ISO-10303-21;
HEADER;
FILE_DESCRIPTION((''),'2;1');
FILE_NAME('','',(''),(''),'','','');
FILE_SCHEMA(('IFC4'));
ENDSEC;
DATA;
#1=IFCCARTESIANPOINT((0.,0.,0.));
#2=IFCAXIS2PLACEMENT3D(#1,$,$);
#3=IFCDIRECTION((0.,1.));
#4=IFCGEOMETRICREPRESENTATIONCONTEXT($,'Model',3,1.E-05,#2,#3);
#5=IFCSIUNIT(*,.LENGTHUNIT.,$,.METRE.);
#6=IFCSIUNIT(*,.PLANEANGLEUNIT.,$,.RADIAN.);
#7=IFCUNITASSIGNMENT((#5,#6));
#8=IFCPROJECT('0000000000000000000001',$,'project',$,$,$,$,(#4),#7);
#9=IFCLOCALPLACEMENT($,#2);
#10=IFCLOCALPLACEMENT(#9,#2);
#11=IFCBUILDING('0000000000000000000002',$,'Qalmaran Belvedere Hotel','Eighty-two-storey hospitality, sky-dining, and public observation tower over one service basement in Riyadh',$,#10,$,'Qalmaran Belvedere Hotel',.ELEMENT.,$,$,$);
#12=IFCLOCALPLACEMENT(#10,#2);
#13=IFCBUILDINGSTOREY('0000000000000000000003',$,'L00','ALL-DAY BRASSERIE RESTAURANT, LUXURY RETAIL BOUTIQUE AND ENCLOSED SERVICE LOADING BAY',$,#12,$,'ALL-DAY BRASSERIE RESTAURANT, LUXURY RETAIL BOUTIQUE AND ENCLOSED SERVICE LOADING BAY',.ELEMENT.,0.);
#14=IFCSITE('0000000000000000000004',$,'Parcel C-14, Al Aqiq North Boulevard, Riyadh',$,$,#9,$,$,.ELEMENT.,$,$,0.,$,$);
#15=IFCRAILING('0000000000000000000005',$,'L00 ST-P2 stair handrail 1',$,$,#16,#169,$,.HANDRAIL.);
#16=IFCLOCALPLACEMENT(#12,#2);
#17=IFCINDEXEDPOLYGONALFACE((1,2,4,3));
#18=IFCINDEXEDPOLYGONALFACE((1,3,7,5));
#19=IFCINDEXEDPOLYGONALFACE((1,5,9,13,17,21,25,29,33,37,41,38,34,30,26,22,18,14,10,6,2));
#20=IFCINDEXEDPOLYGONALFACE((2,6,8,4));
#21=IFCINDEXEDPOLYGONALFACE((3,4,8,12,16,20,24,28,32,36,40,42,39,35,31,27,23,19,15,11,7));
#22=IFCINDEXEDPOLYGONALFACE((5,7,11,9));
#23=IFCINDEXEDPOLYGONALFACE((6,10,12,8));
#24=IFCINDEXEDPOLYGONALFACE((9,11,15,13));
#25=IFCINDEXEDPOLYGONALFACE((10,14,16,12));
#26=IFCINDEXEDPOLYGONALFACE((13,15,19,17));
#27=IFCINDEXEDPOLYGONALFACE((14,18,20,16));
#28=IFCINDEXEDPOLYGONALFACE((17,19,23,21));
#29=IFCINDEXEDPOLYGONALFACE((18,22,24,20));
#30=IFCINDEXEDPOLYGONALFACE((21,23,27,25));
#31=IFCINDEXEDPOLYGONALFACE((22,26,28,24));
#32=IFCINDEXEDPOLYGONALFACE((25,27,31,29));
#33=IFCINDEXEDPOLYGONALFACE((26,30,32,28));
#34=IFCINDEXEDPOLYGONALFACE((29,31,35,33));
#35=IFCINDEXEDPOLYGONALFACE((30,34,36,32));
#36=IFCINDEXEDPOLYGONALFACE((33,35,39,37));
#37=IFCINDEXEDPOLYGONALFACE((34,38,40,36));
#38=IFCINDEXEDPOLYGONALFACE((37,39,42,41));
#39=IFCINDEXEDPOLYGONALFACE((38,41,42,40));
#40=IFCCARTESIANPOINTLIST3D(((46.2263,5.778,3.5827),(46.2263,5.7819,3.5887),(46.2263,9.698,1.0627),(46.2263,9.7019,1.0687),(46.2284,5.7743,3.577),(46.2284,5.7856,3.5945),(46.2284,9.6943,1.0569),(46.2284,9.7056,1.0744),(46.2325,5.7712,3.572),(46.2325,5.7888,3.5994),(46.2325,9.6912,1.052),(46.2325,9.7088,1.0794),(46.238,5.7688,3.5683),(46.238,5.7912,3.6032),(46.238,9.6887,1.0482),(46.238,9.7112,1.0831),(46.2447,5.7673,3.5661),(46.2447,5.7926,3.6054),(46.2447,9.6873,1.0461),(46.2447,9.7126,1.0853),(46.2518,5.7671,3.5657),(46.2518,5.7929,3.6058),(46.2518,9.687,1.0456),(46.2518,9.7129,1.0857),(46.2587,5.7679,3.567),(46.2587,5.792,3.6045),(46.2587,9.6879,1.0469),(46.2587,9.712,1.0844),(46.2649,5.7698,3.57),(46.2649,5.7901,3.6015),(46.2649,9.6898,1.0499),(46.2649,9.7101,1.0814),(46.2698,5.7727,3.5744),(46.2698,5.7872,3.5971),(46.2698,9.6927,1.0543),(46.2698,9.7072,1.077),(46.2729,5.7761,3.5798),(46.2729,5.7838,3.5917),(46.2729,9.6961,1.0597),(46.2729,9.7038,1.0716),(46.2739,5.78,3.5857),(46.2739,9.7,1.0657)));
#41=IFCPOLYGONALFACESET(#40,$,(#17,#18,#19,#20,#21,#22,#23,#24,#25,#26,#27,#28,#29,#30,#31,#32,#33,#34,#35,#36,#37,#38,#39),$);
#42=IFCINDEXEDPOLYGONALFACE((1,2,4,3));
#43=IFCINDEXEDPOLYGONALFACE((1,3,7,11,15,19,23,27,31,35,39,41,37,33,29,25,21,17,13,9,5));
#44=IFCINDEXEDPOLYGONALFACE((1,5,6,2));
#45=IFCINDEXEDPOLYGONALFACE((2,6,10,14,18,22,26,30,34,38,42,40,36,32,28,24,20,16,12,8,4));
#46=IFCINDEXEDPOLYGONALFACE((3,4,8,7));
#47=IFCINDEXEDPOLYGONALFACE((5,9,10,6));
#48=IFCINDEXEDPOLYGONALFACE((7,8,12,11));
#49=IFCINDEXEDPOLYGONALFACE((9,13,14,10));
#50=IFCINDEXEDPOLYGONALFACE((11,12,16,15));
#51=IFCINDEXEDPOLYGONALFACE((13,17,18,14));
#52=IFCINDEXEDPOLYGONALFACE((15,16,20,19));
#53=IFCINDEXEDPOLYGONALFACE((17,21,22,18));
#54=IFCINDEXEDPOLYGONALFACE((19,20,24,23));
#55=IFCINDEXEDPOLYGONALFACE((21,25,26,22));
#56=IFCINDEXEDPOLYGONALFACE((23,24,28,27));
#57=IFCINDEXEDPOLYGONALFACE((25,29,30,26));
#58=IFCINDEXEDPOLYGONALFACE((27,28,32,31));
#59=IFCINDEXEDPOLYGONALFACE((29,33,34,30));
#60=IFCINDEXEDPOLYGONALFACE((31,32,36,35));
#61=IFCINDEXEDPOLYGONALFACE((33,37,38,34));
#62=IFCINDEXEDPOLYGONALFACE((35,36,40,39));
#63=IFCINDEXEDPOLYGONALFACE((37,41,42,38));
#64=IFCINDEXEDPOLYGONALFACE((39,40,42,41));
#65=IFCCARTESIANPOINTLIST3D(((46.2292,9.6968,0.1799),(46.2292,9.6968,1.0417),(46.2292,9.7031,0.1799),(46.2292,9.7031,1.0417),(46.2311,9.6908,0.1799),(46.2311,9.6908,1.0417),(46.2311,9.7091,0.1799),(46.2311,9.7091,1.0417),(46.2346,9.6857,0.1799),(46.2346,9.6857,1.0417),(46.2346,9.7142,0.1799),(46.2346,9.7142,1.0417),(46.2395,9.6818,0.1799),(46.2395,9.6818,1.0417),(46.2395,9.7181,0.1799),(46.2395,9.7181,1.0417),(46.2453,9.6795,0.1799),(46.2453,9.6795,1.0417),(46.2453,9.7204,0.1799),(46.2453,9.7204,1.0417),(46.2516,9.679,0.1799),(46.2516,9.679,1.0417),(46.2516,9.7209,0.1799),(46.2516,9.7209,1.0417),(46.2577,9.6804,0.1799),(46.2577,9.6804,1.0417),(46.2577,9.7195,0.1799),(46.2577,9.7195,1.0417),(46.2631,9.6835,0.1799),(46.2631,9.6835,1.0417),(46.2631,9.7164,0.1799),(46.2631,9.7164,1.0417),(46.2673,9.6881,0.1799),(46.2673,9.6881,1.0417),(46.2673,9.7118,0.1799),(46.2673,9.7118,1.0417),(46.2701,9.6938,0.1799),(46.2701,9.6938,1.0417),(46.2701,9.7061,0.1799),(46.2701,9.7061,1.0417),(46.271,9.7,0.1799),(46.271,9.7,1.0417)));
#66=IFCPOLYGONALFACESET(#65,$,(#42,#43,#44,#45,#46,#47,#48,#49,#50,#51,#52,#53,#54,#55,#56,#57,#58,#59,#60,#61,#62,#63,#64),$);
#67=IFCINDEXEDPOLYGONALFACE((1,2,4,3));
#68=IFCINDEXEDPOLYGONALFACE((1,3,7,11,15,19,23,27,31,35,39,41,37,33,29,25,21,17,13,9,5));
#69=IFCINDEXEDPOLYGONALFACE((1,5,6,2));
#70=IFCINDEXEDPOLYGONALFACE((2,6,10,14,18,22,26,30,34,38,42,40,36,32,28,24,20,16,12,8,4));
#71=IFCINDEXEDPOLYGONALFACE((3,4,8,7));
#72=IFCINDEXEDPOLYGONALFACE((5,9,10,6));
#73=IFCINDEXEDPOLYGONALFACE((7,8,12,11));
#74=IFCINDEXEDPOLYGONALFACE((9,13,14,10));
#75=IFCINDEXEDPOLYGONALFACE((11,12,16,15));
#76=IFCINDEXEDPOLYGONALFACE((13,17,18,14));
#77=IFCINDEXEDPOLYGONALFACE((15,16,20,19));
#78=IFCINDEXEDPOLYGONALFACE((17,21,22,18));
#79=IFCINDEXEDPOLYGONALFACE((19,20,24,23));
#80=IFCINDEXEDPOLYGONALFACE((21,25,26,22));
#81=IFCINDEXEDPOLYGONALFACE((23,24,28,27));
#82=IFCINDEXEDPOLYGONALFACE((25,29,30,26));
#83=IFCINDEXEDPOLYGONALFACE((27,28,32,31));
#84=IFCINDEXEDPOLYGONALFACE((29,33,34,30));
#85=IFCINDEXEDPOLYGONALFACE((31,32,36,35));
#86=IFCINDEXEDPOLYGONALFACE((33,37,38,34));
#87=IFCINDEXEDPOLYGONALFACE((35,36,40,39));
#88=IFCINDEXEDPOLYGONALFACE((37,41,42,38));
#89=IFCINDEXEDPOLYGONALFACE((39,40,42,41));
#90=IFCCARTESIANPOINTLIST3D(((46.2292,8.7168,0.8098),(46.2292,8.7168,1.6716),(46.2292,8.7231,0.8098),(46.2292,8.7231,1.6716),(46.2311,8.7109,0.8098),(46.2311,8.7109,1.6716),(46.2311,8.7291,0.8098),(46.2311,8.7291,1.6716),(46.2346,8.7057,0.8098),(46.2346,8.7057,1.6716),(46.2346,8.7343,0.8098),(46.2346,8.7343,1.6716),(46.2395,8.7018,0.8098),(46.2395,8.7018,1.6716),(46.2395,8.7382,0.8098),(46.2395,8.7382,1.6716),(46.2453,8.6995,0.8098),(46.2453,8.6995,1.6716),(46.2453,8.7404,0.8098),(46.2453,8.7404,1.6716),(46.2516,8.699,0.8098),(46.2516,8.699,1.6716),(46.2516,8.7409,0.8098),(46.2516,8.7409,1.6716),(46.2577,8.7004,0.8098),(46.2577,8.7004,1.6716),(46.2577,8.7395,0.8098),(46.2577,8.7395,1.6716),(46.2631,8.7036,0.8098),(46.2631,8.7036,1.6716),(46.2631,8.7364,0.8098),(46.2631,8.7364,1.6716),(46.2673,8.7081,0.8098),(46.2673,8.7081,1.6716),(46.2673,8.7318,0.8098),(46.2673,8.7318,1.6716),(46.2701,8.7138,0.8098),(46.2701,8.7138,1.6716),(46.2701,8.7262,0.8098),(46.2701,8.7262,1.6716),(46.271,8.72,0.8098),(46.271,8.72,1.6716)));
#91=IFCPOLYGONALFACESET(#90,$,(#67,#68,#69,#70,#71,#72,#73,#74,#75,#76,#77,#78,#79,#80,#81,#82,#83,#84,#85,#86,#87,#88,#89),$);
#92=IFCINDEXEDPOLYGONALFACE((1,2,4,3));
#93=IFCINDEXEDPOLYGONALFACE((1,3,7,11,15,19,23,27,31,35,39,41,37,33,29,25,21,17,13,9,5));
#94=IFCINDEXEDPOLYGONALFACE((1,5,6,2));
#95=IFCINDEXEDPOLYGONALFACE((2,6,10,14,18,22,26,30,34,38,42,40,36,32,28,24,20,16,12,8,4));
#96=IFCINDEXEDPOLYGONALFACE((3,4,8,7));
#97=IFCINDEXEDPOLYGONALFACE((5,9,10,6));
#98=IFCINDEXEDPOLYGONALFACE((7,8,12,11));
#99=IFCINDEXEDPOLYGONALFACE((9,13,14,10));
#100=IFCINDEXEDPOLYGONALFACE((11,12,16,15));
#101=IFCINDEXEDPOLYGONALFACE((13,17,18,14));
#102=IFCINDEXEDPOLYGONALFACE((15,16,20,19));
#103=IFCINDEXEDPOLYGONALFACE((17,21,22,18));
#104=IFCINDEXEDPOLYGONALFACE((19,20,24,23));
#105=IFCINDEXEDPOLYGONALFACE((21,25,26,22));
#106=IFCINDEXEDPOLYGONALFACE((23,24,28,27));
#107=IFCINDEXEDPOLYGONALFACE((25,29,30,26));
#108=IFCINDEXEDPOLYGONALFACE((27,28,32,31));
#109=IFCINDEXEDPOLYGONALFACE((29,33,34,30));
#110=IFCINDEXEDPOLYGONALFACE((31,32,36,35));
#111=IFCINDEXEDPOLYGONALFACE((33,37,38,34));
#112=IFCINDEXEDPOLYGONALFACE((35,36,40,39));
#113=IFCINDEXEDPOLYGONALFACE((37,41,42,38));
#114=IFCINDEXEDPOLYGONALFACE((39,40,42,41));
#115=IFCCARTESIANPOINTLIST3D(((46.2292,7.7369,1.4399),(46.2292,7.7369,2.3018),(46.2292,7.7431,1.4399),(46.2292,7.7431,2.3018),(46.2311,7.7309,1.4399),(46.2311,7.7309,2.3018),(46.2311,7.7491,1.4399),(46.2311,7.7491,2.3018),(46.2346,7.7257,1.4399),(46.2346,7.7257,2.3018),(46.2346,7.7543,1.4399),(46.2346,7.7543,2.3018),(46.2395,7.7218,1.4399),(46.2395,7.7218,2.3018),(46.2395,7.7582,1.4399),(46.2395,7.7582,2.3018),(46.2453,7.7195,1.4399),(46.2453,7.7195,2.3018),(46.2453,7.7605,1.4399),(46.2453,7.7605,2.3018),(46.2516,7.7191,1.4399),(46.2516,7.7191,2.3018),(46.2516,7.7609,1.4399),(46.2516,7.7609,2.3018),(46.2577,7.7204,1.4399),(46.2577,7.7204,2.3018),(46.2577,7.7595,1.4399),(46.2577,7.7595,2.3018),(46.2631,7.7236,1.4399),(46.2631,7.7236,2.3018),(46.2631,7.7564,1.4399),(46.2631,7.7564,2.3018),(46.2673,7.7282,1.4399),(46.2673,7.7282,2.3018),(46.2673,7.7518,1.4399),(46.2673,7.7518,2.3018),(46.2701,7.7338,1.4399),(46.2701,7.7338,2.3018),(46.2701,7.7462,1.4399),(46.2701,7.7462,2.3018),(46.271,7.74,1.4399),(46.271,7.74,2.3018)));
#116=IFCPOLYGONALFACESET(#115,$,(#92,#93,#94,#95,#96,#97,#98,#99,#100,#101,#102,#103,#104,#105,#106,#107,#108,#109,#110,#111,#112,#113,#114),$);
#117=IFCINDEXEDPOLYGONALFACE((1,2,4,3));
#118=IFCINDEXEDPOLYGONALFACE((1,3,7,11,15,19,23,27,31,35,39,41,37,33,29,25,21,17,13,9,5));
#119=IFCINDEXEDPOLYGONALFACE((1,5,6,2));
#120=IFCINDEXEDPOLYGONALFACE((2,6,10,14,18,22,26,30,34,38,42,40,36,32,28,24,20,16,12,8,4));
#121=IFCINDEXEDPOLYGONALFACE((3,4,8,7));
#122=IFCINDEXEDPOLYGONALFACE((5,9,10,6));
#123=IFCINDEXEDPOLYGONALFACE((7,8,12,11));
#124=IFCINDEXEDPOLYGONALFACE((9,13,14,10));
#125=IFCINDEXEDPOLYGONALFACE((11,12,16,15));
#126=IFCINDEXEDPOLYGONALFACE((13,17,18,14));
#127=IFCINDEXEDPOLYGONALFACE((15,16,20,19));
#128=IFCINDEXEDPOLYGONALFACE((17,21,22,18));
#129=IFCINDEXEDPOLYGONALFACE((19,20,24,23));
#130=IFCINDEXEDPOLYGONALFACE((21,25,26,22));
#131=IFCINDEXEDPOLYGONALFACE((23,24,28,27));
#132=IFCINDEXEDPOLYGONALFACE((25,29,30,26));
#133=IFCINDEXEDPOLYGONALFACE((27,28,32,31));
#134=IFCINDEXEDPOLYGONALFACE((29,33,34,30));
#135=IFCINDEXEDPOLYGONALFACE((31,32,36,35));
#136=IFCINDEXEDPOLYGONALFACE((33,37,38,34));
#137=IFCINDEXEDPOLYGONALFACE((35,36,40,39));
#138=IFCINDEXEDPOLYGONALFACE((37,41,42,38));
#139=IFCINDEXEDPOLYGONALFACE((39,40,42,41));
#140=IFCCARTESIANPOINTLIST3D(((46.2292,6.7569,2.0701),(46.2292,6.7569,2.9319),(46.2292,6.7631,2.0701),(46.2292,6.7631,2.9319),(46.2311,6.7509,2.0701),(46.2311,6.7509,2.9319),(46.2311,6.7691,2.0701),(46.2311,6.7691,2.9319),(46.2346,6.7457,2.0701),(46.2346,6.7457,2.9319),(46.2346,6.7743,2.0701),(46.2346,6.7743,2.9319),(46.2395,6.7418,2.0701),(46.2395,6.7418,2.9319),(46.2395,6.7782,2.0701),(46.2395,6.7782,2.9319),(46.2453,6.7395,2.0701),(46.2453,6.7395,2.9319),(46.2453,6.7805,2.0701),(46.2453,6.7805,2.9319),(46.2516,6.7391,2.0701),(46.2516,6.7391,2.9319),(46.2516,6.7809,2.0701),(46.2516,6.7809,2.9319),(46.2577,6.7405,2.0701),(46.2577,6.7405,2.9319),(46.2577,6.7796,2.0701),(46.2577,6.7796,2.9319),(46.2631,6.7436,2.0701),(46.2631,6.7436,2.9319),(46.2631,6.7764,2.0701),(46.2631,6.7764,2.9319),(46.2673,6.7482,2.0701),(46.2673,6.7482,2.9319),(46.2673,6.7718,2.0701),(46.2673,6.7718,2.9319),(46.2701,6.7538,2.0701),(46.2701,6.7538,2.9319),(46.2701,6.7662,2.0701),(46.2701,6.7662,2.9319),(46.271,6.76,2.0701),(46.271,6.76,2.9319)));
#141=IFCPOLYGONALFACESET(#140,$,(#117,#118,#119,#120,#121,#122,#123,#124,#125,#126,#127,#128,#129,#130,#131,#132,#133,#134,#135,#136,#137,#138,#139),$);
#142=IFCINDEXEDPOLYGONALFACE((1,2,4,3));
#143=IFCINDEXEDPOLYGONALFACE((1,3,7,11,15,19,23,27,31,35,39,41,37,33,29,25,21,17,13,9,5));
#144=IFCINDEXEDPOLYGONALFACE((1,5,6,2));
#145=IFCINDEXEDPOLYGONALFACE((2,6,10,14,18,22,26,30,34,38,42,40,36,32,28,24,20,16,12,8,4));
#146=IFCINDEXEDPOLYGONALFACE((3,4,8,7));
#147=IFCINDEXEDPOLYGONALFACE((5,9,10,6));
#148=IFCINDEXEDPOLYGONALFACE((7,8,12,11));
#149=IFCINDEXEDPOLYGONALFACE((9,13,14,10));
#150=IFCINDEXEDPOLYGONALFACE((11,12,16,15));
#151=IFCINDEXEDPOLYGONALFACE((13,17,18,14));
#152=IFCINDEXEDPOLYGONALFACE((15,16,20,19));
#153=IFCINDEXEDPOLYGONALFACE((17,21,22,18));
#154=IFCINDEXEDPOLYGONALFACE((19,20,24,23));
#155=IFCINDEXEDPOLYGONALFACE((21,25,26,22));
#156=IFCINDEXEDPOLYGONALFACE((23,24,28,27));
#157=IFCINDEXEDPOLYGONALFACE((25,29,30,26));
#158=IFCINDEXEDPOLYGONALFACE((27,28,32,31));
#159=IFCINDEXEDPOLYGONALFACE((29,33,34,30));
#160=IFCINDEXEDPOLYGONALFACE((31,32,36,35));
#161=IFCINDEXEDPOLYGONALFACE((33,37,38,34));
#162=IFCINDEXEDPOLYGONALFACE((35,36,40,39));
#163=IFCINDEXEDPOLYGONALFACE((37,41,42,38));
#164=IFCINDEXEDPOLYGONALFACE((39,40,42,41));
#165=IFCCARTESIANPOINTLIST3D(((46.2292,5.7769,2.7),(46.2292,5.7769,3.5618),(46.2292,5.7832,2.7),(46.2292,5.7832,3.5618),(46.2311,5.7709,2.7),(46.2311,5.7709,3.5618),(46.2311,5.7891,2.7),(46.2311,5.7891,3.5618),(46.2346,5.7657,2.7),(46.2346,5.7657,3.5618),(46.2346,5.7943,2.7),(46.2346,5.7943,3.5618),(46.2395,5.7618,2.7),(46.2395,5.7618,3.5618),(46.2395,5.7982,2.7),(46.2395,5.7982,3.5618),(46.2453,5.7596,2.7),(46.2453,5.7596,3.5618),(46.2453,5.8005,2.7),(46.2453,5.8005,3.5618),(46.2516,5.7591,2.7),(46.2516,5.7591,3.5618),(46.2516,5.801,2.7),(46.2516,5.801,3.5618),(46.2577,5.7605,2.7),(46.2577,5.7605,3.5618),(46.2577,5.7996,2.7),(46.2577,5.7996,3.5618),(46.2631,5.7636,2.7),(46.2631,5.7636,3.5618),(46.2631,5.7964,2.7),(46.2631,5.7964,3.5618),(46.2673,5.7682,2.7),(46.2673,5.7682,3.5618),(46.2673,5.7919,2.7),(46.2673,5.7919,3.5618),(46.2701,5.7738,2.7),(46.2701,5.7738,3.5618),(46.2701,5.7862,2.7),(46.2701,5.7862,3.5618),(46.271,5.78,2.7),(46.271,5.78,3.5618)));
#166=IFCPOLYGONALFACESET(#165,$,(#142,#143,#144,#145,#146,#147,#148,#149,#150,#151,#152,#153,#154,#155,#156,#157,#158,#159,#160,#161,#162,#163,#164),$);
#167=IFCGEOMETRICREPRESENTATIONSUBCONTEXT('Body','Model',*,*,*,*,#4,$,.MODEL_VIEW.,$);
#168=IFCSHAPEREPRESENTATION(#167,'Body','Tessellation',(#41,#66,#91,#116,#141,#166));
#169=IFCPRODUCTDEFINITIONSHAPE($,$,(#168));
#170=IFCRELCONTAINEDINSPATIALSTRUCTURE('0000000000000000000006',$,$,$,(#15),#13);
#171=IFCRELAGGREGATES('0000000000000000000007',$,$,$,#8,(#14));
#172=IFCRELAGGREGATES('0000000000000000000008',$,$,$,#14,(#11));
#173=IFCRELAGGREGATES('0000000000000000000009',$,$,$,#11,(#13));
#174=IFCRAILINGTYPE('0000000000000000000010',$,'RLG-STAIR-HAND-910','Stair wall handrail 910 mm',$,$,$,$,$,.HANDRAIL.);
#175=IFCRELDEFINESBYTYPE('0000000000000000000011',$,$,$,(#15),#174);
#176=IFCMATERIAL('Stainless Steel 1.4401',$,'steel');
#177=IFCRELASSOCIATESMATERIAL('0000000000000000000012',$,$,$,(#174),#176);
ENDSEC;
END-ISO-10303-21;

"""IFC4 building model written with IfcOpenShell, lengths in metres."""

from ifc_helpers import new_model, si_unit, direction, frame, origin, origin_2d, place, context, subcontext, project, spatial, circle, extrude, material, type_object, element, save


model = new_model("IFC4")

# Units and contexts
model_context = context("Model", 3, precision=1e-05, world=origin(), true_north=direction((0.0, 1.0)))
body_context = subcontext(model_context, "Body", "Model", "MODEL_VIEW")
ifc_project = project(units=[si_unit("LENGTHUNIT", "METRE"), si_unit("PLANEANGLEUNIT", "RADIAN")], contexts=[model_context])

# Site, building, storey
site_placement = place(None, origin())
site = spatial("IfcSite", under=ifc_project, at=site_placement, Name="Parcel C-14, Al Aqiq North Boulevard, Riyadh", CompositionType="ELEMENT", RefElevation=0.0)
building_placement = place(site_placement, origin())
building = spatial("IfcBuilding", under=site, at=building_placement, Name="Qalmaran Belvedere Hotel", Description="Eighty-two-storey hospitality, sky-dining, and public observation tower over one service basement in Riyadh", LongName="Qalmaran Belvedere Hotel", CompositionType="ELEMENT")
storey_placement = place(building_placement, origin())
storey = spatial("IfcBuildingStorey", under=building, at=storey_placement, Name="L00", Description="ALL-DAY BRASSERIE RESTAURANT, LUXURY RETAIL BOUTIQUE AND ENCLOSED SERVICE LOADING BAY", LongName="ALL-DAY BRASSERIE RESTAURANT, LUXURY RETAIL BOUTIQUE AND ENCLOSED SERVICE LOADING BAY", CompositionType="ELEMENT", Elevation=0.0)

# Railing
ifc_material_1 = material(Name="Stainless Steel 1.4401", Category="steel")
railing_type_1 = type_object("IfcRailingType", Name="RLG-STAIR-HAND-910", Description="Stair wall handrail 910 mm", PredefinedType="HANDRAIL", material=ifc_material_1)
railing_1_placement = place(storey_placement, frame((46.25, 9.7, 0.1799)))
element("IfcRailing", 1, at=railing_1_placement, inside=storey, type_object=railing_type_1, Name="L00 ST-P2 stair handrail 1", PredefinedType="HANDRAIL", context=body_context, shape_type="SweptSolid", body=[
    extrude(circle(Radius=0.0239, at=origin_2d()), frame((0.0, 0.0, 0.8857), z_axis=(0.0, -0.841172, 0.540768), x_axis=(1.0, 0.0, 0.0)), (0.0, 0.0, 1.0), 4.6602),
    extrude(circle(Radius=0.021, at=origin_2d()), origin(), (0.0, 0.0, 1.0), 0.8618),
    extrude(circle(Radius=0.021, at=origin_2d()), frame((0.0, -0.98, 0.6299)), (0.0, 0.0, 1.0), 0.8618),
    extrude(circle(Radius=0.021, at=origin_2d()), frame((0.0, -1.96, 1.26)), (0.0, 0.0, 1.0), 0.8618),
    extrude(circle(Radius=0.021, at=origin_2d()), frame((0.0, -2.9399, 1.8901)), (0.0, 0.0, 1.0), 0.8618),
    extrude(circle(Radius=0.021, at=origin_2d()), frame((0.0, -3.9199, 2.52)), (0.0, 0.0, 1.0), 0.8618),
])

save(model, "model.ifc")
